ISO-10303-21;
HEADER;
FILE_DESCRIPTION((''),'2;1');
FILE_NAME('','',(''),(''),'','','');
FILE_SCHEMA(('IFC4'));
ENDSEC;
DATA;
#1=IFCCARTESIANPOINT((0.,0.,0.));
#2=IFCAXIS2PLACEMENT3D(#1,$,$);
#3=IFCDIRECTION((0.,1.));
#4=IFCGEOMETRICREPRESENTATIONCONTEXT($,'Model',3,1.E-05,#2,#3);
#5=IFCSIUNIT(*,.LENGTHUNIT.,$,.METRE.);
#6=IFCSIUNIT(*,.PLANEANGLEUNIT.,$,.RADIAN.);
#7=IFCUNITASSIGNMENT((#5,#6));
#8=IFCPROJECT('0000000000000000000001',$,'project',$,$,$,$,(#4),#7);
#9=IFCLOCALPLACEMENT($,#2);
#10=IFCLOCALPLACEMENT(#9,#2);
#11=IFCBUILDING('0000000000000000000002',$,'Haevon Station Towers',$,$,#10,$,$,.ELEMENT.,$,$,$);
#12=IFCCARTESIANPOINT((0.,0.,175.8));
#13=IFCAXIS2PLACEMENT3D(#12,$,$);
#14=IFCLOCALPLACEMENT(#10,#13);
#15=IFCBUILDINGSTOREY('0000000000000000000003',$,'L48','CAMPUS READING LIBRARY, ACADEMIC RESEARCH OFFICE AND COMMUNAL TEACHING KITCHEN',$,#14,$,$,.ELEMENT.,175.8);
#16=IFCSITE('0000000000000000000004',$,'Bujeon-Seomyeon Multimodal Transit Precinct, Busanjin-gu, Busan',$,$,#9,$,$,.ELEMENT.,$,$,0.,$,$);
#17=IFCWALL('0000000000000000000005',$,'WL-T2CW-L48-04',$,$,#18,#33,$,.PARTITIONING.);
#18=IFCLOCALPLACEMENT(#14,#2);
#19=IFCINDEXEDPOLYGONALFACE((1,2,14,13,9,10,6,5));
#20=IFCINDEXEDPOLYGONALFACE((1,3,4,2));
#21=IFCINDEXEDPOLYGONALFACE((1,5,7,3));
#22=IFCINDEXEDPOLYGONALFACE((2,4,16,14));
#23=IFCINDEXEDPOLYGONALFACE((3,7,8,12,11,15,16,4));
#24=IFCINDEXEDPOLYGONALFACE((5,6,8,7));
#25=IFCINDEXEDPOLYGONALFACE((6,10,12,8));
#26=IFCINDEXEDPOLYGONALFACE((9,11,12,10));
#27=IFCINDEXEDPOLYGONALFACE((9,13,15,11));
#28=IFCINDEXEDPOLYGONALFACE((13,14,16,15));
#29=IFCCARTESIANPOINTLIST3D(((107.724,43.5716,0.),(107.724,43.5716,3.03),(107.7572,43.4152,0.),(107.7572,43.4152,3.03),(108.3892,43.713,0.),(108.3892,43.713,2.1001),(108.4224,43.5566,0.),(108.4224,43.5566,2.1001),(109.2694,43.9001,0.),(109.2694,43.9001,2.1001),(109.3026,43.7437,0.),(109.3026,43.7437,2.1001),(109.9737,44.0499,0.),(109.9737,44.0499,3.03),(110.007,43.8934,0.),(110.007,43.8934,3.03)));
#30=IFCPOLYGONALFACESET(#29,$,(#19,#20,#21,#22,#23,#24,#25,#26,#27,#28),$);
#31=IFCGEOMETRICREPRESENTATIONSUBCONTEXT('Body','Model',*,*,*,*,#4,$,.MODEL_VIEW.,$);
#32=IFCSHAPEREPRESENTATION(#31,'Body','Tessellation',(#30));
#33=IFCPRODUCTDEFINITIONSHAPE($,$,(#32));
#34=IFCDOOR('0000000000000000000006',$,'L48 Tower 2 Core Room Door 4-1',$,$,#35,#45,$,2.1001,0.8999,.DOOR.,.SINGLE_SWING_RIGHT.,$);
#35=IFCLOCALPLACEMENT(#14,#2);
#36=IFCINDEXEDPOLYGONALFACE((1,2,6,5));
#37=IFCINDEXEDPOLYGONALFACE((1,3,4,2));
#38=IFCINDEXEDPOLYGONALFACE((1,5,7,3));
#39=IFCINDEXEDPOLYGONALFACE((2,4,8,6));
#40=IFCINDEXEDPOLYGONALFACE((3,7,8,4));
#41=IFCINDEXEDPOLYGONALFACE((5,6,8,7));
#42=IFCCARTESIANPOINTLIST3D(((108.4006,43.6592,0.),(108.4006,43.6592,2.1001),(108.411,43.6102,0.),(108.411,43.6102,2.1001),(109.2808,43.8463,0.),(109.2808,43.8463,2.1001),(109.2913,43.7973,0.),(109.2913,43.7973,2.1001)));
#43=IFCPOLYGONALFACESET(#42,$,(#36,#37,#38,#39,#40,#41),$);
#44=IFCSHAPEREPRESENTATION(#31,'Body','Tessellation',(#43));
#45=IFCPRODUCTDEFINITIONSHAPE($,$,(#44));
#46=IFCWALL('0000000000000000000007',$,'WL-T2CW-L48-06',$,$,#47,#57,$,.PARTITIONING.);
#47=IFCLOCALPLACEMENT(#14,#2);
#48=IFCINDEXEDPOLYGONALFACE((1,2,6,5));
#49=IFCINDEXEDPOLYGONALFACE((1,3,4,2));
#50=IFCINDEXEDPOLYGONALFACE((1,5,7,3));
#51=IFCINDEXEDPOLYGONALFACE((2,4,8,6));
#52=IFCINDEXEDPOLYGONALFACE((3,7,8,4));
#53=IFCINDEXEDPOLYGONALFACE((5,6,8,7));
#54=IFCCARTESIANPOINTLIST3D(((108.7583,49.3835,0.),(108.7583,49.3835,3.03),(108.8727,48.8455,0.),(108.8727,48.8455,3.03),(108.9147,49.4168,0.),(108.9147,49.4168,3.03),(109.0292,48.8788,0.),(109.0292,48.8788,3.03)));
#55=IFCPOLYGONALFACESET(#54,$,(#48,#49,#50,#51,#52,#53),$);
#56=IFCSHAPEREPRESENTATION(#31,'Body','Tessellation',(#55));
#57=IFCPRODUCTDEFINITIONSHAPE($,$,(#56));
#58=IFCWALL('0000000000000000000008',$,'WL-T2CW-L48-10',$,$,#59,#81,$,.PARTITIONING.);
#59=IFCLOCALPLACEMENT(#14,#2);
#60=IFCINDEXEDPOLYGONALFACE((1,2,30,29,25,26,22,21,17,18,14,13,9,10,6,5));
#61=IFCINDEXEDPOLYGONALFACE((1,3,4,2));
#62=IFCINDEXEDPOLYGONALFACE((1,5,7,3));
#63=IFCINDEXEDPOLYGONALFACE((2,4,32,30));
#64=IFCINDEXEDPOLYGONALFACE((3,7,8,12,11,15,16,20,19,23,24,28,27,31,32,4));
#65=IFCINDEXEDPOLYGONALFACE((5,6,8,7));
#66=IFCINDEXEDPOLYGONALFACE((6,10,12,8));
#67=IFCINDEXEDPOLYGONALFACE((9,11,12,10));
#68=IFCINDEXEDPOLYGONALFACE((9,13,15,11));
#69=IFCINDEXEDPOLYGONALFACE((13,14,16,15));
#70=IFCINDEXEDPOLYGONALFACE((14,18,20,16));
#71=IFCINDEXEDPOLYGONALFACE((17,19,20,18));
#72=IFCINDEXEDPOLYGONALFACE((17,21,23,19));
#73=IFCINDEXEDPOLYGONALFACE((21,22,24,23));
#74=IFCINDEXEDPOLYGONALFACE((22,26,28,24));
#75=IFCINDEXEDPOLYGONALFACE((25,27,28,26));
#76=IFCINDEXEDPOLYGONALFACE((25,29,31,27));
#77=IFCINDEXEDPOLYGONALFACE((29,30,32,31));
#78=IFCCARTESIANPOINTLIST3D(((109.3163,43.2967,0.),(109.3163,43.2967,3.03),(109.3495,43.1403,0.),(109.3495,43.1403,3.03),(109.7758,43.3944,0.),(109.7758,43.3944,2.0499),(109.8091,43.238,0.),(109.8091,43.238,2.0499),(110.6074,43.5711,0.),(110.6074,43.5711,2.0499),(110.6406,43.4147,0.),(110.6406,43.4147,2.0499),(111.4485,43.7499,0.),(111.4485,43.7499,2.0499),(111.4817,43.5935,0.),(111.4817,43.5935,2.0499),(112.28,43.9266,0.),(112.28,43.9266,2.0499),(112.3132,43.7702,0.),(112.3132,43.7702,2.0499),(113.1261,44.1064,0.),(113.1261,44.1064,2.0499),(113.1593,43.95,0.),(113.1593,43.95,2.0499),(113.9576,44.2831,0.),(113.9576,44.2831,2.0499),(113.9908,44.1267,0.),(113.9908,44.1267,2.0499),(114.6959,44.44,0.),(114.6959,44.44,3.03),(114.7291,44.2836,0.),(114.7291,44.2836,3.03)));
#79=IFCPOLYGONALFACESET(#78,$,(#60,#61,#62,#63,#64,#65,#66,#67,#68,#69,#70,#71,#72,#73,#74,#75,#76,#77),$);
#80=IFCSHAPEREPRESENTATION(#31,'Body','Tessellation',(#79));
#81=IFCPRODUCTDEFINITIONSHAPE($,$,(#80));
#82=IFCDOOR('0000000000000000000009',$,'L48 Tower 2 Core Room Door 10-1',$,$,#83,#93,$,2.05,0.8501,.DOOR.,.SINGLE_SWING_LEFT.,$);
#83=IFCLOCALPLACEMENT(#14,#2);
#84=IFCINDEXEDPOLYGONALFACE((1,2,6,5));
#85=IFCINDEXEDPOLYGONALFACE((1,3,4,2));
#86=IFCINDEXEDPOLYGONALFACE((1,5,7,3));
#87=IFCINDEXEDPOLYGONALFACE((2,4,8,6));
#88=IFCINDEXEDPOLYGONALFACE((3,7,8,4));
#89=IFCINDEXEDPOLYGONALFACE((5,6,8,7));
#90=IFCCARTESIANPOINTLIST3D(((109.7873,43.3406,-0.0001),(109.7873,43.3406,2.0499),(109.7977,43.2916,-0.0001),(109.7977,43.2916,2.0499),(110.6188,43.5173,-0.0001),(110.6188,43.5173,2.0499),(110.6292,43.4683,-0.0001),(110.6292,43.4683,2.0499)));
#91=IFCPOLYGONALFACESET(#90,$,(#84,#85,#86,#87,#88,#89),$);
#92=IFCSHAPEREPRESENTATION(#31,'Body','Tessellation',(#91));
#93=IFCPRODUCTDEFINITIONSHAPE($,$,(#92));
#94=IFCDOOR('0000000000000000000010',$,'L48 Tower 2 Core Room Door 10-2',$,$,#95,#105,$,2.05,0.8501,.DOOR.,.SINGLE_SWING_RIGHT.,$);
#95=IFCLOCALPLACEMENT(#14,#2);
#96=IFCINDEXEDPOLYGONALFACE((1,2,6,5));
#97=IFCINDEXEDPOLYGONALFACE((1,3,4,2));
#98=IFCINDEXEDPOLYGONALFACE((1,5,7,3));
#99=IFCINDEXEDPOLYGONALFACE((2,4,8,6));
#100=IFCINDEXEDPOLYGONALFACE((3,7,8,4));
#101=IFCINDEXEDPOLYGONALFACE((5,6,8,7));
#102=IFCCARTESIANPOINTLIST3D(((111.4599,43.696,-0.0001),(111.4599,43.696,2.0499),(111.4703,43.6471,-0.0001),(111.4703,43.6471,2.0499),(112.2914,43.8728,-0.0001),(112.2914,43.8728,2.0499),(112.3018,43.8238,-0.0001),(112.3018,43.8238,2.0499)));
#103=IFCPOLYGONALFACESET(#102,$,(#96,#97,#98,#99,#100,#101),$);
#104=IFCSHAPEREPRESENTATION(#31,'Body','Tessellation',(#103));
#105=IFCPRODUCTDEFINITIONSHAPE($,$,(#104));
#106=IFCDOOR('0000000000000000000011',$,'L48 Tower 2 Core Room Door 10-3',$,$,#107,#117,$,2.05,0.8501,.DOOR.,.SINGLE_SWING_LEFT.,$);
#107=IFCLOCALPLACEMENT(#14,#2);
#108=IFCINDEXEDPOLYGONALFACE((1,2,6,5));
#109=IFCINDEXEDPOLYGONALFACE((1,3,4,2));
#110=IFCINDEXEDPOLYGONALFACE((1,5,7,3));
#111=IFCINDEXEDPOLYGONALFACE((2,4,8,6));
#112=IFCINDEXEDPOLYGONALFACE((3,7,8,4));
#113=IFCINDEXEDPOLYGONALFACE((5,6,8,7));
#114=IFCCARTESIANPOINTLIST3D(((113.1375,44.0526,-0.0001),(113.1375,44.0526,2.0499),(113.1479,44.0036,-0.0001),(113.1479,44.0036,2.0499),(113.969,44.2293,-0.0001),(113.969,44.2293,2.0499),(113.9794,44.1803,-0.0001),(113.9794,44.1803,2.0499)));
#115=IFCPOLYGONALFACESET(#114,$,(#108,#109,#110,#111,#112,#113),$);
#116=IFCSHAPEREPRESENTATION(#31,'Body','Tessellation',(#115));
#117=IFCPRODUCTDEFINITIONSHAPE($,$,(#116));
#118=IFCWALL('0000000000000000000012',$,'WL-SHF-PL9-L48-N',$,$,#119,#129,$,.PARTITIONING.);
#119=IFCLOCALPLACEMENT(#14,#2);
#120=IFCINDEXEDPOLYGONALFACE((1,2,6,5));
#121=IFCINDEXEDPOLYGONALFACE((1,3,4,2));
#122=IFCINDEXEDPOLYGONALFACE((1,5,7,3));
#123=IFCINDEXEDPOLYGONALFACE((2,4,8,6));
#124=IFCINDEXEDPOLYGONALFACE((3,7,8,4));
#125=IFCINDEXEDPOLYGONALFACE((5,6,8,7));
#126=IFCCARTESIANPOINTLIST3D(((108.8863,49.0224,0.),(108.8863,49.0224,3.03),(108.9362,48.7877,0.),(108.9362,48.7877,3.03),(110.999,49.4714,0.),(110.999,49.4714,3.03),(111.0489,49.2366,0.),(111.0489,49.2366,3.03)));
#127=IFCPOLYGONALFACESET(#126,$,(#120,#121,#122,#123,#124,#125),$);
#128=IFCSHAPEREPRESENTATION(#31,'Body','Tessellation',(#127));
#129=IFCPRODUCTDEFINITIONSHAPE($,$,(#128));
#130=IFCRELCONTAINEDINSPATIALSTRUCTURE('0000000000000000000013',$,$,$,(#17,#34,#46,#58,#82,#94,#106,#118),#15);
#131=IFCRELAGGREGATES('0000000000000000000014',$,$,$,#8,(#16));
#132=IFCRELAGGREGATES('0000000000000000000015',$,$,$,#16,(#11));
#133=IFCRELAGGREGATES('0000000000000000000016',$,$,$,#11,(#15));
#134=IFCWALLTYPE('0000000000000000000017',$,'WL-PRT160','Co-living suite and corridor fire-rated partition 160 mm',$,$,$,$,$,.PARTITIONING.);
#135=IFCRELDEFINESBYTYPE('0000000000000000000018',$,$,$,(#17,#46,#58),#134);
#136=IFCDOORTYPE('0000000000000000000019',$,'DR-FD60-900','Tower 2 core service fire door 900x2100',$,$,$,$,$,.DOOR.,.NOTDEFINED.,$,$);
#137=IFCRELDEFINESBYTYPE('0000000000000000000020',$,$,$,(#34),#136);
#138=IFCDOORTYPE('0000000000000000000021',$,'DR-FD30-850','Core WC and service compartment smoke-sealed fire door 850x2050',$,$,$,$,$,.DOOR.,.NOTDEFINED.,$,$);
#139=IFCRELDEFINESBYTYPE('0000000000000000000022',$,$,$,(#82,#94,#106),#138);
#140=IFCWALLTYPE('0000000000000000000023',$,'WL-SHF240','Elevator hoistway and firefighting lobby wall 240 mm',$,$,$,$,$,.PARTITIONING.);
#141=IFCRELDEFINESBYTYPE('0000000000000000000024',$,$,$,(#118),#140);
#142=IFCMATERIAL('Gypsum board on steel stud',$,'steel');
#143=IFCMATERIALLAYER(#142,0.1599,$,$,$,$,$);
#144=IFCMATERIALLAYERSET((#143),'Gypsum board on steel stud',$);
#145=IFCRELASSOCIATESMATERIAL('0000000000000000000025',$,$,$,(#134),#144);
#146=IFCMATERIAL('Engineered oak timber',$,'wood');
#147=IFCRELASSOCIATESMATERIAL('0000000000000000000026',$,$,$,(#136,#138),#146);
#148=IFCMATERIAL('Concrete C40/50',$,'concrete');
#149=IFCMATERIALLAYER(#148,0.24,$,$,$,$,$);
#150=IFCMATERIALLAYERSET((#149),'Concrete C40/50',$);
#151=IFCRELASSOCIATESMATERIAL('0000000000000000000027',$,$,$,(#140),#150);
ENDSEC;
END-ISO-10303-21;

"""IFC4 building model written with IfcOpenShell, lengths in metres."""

from ifc_helpers import new_model, si_unit, direction, frame, frame_2d, origin, place, context, subcontext, project, spatial, rectangle, extrude, material, layer, layer_set, type_object, element, fill, save


model = new_model("IFC4")

# Units and contexts
model_context = context("Model", 3, precision=1e-05, world=origin(), true_north=direction((0.0, 1.0)))
body_context = subcontext(model_context, "Body", "Model", "MODEL_VIEW")
ifc_project = project(units=[si_unit("LENGTHUNIT", "METRE"), si_unit("PLANEANGLEUNIT", "RADIAN")], contexts=[model_context])

# Site, building, storey
site_placement = place(None, origin())
site = spatial("IfcSite", under=ifc_project, at=site_placement, Name="Bujeon-Seomyeon Multimodal Transit Precinct, Busanjin-gu, Busan", CompositionType="ELEMENT", RefElevation=0.0)
building_placement = place(site_placement, origin())
building = spatial("IfcBuilding", under=site, at=building_placement, Name="Haevon Station Towers", CompositionType="ELEMENT")
storey_placement = place(building_placement, frame((0.0, 0.0, 175.8)))
storey = spatial("IfcBuildingStorey", under=building, at=storey_placement, Name="L48", Description="CAMPUS READING LIBRARY, ACADEMIC RESEARCH OFFICE AND COMMUNAL TEACHING KITCHEN", CompositionType="ELEMENT", Elevation=175.8)

# Shared definitions
ifc_material_1 = material(Name="Gypsum board on steel stud", Category="steel")
ifc_layer_1 = layer(ifc_material_1, 0.1599)
ifc_layer_set_1 = layer_set([ifc_layer_1], Name="Gypsum board on steel stud")
wall_type_1 = type_object("IfcWallType", Name="WL-PRT160", Description="Co-living suite and corridor fire-rated partition 160 mm", PredefinedType="PARTITIONING", material=ifc_layer_set_1)
ifc_material_2 = material(Name="Engineered oak timber", Category="wood")
door_type_1 = type_object("IfcDoorType", Name="DR-FD60-900", Description="Tower 2 core service fire door 900x2100", OperationType="NOTDEFINED", PredefinedType="DOOR", material=ifc_material_2)

# Wall, opening, door
wall_1_placement = place(storey_placement, frame((107.7407, 43.4934, 0.0), z_axis=(0.0, 0.0, 1.0), x_axis=(0.978141, 0.207941, 0.0)))
wall_1 = element("IfcWall", 1, at=wall_1_placement, inside=storey, type_object=wall_type_1, Name="WL-T2CW-L48-04", PredefinedType="PARTITIONING", context=body_context, shape_type="SweptSolid", body=[
    extrude(rectangle(XDim=2.3, YDim=0.1599, at=frame_2d((1.1499, 0.0))), origin(), (0.0, 0.0, 1.0), 3.03),
])
opening_1_placement = place(wall_1_placement, frame((0.6799, 0.0, 0.0)))
opening_1 = element("IfcOpeningElement", 2, at=opening_1_placement, cuts=wall_1, PredefinedType="OPENING", context=body_context, shape_type="SweptSolid", body=[
    extrude(rectangle(XDim=0.8999, YDim=2.1001, at=frame_2d((0.45, 1.05))), frame((0.0, 0.0898, 0.0), z_axis=(0.0, -1.0, 0.0), x_axis=(1.0, 0.0, 0.0)), (0.0, 0.0, 1.0), 0.1799),
])
door_1_placement = place(opening_1_placement, origin())
door_1 = element("IfcDoor", 3, at=door_1_placement, inside=storey, type_object=door_type_1, Name="L48 Tower 2 Core Room Door 4-1", OperationType="SINGLE_SWING_RIGHT", OverallHeight=2.1001, OverallWidth=0.8999, PredefinedType="DOOR", context=body_context, shape_type="SweptSolid", body=[
    extrude(rectangle(XDim=0.8999, YDim=2.1001, at=frame_2d((0.45, 1.05))), frame((0.0, 0.0249, 0.0), z_axis=(0.0, -1.0, 0.0), x_axis=(1.0, 0.0, 0.0)), (0.0, 0.0, 1.0), 0.05),
])
fill(opening_1, door_1)

# Wall
wall_2_placement = place(storey_placement, frame((108.9509, 48.8623, 0.0), z_axis=(0.0, 0.0, 1.0), x_axis=(-0.208135, 0.9781, 0.0)))
element("IfcWall", 4, at=wall_2_placement, inside=storey, type_object=wall_type_1, Name="WL-T2CW-L48-06", PredefinedType="PARTITIONING", context=body_context, shape_type="SweptSolid", body=[
    extrude(rectangle(XDim=0.55, YDim=0.1599, at=frame_2d((0.2749, 0.0))), origin(), (0.0, 0.0, 1.0), 3.03),
])

# Wall, openings, doors
wall_3_placement = place(storey_placement, frame((109.3328, 43.2185, 0.0), z_axis=(0.0, 0.0, 1.0), x_axis=(0.978154, 0.207883, 0.0)))
wall_3 = element("IfcWall", 5, at=wall_3_placement, inside=storey, type_object=wall_type_1, Name="WL-T2CW-L48-10", PredefinedType="PARTITIONING", context=body_context, shape_type="SweptSolid", body=[
    extrude(rectangle(XDim=5.4998, YDim=0.1599, at=frame_2d((2.75, 0.0))), origin(), (0.0, 0.0, 1.0), 3.03),
])
opening_2_placement = place(wall_3_placement, frame((0.47, 0.0, 0.0)))
opening_2 = element("IfcOpeningElement", 6, at=opening_2_placement, cuts=wall_3, PredefinedType="OPENING", context=body_context, shape_type="SweptSolid", body=[
    extrude(rectangle(XDim=0.8501, YDim=2.05, at=frame_2d((0.425, 1.0249))), frame((0.0, 0.0898, 0.0), z_axis=(0.0, -1.0, 0.0), x_axis=(1.0, 0.0, 0.0)), (0.0, 0.0, 1.0), 0.1799),
])
opening_3_placement = place(wall_3_placement, frame((2.1799, 0.0, 0.0)))
opening_3 = element("IfcOpeningElement", 7, at=opening_3_placement, cuts=wall_3, PredefinedType="OPENING", context=body_context, shape_type="SweptSolid", body=[
    extrude(rectangle(XDim=0.8501, YDim=2.05, at=frame_2d((0.425, 1.0249))), frame((0.0, 0.0898, 0.0), z_axis=(0.0, -1.0, 0.0), x_axis=(1.0, 0.0, 0.0)), (0.0, 0.0, 1.0), 0.1799),
])
opening_4_placement = place(wall_3_placement, frame((3.895, 0.0, 0.0)))
opening_4 = element("IfcOpeningElement", 8, at=opening_4_placement, cuts=wall_3, PredefinedType="OPENING", context=body_context, shape_type="SweptSolid", body=[
    extrude(rectangle(XDim=0.8501, YDim=2.05, at=frame_2d((0.425, 1.0249))), frame((0.0, 0.0898, 0.0), z_axis=(0.0, -1.0, 0.0), x_axis=(1.0, 0.0, 0.0)), (0.0, 0.0, 1.0), 0.1799),
])
door_type_2 = type_object("IfcDoorType", Name="DR-FD30-850", Description="Core WC and service compartment smoke-sealed fire door 850x2050", OperationType="NOTDEFINED", PredefinedType="DOOR", material=ifc_material_2)
door_2_placement = place(opening_2_placement, origin())
door_2 = element("IfcDoor", 9, at=door_2_placement, inside=storey, type_object=door_type_2, Name="L48 Tower 2 Core Room Door 10-1", OperationType="SINGLE_SWING_LEFT", OverallHeight=2.05, OverallWidth=0.8501, PredefinedType="DOOR", context=body_context, shape_type="SweptSolid", body=[
    extrude(rectangle(XDim=0.8501, YDim=2.05, at=frame_2d((0.425, 1.0249))), frame((0.0, 0.0249, 0.0), z_axis=(0.0, -1.0, 0.0), x_axis=(1.0, 0.0, 0.0)), (0.0, 0.0, 1.0), 0.05),
])
fill(opening_2, door_2)
door_3_placement = place(opening_3_placement, origin())
door_3 = element("IfcDoor", 10, at=door_3_placement, inside=storey, type_object=door_type_2, Name="L48 Tower 2 Core Room Door 10-2", OperationType="SINGLE_SWING_RIGHT", OverallHeight=2.05, OverallWidth=0.8501, PredefinedType="DOOR", context=body_context, shape_type="SweptSolid", body=[
    extrude(rectangle(XDim=0.8501, YDim=2.05, at=frame_2d((0.425, 1.0249))), frame((0.0, 0.0249, 0.0), z_axis=(0.0, -1.0, 0.0), x_axis=(1.0, 0.0, 0.0)), (0.0, 0.0, 1.0), 0.05),
])
fill(opening_3, door_3)
door_4_placement = place(opening_4_placement, origin())
door_4 = element("IfcDoor", 11, at=door_4_placement, inside=storey, type_object=door_type_2, Name="L48 Tower 2 Core Room Door 10-3", OperationType="SINGLE_SWING_LEFT", OverallHeight=2.05, OverallWidth=0.8501, PredefinedType="DOOR", context=body_context, shape_type="SweptSolid", body=[
    extrude(rectangle(XDim=0.8501, YDim=2.05, at=frame_2d((0.425, 1.0249))), frame((0.0, 0.0249, 0.0), z_axis=(0.0, -1.0, 0.0), x_axis=(1.0, 0.0, 0.0)), (0.0, 0.0, 1.0), 0.05),
])
fill(opening_4, door_4)

# Wall
ifc_material_3 = material(Name="Concrete C40/50", Category="concrete")
ifc_layer_2 = layer(ifc_material_3, 0.24)
ifc_layer_set_2 = layer_set([ifc_layer_2], Name="Concrete C40/50")
wall_type_2 = type_object("IfcWallType", Name="WL-SHF240", Description="Elevator hoistway and firefighting lobby wall 240 mm", PredefinedType="PARTITIONING", material=ifc_layer_set_2)
wall_4_placement = place(storey_placement, frame((108.9111, 48.905, 0.0), z_axis=(0.0, 0.0, 1.0), x_axis=(0.978158, 0.207861, 0.0)))
element("IfcWall", 12, at=wall_4_placement, inside=storey, type_object=wall_type_2, Name="WL-SHF-PL9-L48-N", PredefinedType="PARTITIONING", context=body_context, shape_type="SweptSolid", body=[
    extrude(rectangle(XDim=2.1599, YDim=0.24, at=frame_2d((1.0801, 0.0))), origin(), (0.0, 0.0, 1.0), 3.03),
])

save(model, "model.ifc")
